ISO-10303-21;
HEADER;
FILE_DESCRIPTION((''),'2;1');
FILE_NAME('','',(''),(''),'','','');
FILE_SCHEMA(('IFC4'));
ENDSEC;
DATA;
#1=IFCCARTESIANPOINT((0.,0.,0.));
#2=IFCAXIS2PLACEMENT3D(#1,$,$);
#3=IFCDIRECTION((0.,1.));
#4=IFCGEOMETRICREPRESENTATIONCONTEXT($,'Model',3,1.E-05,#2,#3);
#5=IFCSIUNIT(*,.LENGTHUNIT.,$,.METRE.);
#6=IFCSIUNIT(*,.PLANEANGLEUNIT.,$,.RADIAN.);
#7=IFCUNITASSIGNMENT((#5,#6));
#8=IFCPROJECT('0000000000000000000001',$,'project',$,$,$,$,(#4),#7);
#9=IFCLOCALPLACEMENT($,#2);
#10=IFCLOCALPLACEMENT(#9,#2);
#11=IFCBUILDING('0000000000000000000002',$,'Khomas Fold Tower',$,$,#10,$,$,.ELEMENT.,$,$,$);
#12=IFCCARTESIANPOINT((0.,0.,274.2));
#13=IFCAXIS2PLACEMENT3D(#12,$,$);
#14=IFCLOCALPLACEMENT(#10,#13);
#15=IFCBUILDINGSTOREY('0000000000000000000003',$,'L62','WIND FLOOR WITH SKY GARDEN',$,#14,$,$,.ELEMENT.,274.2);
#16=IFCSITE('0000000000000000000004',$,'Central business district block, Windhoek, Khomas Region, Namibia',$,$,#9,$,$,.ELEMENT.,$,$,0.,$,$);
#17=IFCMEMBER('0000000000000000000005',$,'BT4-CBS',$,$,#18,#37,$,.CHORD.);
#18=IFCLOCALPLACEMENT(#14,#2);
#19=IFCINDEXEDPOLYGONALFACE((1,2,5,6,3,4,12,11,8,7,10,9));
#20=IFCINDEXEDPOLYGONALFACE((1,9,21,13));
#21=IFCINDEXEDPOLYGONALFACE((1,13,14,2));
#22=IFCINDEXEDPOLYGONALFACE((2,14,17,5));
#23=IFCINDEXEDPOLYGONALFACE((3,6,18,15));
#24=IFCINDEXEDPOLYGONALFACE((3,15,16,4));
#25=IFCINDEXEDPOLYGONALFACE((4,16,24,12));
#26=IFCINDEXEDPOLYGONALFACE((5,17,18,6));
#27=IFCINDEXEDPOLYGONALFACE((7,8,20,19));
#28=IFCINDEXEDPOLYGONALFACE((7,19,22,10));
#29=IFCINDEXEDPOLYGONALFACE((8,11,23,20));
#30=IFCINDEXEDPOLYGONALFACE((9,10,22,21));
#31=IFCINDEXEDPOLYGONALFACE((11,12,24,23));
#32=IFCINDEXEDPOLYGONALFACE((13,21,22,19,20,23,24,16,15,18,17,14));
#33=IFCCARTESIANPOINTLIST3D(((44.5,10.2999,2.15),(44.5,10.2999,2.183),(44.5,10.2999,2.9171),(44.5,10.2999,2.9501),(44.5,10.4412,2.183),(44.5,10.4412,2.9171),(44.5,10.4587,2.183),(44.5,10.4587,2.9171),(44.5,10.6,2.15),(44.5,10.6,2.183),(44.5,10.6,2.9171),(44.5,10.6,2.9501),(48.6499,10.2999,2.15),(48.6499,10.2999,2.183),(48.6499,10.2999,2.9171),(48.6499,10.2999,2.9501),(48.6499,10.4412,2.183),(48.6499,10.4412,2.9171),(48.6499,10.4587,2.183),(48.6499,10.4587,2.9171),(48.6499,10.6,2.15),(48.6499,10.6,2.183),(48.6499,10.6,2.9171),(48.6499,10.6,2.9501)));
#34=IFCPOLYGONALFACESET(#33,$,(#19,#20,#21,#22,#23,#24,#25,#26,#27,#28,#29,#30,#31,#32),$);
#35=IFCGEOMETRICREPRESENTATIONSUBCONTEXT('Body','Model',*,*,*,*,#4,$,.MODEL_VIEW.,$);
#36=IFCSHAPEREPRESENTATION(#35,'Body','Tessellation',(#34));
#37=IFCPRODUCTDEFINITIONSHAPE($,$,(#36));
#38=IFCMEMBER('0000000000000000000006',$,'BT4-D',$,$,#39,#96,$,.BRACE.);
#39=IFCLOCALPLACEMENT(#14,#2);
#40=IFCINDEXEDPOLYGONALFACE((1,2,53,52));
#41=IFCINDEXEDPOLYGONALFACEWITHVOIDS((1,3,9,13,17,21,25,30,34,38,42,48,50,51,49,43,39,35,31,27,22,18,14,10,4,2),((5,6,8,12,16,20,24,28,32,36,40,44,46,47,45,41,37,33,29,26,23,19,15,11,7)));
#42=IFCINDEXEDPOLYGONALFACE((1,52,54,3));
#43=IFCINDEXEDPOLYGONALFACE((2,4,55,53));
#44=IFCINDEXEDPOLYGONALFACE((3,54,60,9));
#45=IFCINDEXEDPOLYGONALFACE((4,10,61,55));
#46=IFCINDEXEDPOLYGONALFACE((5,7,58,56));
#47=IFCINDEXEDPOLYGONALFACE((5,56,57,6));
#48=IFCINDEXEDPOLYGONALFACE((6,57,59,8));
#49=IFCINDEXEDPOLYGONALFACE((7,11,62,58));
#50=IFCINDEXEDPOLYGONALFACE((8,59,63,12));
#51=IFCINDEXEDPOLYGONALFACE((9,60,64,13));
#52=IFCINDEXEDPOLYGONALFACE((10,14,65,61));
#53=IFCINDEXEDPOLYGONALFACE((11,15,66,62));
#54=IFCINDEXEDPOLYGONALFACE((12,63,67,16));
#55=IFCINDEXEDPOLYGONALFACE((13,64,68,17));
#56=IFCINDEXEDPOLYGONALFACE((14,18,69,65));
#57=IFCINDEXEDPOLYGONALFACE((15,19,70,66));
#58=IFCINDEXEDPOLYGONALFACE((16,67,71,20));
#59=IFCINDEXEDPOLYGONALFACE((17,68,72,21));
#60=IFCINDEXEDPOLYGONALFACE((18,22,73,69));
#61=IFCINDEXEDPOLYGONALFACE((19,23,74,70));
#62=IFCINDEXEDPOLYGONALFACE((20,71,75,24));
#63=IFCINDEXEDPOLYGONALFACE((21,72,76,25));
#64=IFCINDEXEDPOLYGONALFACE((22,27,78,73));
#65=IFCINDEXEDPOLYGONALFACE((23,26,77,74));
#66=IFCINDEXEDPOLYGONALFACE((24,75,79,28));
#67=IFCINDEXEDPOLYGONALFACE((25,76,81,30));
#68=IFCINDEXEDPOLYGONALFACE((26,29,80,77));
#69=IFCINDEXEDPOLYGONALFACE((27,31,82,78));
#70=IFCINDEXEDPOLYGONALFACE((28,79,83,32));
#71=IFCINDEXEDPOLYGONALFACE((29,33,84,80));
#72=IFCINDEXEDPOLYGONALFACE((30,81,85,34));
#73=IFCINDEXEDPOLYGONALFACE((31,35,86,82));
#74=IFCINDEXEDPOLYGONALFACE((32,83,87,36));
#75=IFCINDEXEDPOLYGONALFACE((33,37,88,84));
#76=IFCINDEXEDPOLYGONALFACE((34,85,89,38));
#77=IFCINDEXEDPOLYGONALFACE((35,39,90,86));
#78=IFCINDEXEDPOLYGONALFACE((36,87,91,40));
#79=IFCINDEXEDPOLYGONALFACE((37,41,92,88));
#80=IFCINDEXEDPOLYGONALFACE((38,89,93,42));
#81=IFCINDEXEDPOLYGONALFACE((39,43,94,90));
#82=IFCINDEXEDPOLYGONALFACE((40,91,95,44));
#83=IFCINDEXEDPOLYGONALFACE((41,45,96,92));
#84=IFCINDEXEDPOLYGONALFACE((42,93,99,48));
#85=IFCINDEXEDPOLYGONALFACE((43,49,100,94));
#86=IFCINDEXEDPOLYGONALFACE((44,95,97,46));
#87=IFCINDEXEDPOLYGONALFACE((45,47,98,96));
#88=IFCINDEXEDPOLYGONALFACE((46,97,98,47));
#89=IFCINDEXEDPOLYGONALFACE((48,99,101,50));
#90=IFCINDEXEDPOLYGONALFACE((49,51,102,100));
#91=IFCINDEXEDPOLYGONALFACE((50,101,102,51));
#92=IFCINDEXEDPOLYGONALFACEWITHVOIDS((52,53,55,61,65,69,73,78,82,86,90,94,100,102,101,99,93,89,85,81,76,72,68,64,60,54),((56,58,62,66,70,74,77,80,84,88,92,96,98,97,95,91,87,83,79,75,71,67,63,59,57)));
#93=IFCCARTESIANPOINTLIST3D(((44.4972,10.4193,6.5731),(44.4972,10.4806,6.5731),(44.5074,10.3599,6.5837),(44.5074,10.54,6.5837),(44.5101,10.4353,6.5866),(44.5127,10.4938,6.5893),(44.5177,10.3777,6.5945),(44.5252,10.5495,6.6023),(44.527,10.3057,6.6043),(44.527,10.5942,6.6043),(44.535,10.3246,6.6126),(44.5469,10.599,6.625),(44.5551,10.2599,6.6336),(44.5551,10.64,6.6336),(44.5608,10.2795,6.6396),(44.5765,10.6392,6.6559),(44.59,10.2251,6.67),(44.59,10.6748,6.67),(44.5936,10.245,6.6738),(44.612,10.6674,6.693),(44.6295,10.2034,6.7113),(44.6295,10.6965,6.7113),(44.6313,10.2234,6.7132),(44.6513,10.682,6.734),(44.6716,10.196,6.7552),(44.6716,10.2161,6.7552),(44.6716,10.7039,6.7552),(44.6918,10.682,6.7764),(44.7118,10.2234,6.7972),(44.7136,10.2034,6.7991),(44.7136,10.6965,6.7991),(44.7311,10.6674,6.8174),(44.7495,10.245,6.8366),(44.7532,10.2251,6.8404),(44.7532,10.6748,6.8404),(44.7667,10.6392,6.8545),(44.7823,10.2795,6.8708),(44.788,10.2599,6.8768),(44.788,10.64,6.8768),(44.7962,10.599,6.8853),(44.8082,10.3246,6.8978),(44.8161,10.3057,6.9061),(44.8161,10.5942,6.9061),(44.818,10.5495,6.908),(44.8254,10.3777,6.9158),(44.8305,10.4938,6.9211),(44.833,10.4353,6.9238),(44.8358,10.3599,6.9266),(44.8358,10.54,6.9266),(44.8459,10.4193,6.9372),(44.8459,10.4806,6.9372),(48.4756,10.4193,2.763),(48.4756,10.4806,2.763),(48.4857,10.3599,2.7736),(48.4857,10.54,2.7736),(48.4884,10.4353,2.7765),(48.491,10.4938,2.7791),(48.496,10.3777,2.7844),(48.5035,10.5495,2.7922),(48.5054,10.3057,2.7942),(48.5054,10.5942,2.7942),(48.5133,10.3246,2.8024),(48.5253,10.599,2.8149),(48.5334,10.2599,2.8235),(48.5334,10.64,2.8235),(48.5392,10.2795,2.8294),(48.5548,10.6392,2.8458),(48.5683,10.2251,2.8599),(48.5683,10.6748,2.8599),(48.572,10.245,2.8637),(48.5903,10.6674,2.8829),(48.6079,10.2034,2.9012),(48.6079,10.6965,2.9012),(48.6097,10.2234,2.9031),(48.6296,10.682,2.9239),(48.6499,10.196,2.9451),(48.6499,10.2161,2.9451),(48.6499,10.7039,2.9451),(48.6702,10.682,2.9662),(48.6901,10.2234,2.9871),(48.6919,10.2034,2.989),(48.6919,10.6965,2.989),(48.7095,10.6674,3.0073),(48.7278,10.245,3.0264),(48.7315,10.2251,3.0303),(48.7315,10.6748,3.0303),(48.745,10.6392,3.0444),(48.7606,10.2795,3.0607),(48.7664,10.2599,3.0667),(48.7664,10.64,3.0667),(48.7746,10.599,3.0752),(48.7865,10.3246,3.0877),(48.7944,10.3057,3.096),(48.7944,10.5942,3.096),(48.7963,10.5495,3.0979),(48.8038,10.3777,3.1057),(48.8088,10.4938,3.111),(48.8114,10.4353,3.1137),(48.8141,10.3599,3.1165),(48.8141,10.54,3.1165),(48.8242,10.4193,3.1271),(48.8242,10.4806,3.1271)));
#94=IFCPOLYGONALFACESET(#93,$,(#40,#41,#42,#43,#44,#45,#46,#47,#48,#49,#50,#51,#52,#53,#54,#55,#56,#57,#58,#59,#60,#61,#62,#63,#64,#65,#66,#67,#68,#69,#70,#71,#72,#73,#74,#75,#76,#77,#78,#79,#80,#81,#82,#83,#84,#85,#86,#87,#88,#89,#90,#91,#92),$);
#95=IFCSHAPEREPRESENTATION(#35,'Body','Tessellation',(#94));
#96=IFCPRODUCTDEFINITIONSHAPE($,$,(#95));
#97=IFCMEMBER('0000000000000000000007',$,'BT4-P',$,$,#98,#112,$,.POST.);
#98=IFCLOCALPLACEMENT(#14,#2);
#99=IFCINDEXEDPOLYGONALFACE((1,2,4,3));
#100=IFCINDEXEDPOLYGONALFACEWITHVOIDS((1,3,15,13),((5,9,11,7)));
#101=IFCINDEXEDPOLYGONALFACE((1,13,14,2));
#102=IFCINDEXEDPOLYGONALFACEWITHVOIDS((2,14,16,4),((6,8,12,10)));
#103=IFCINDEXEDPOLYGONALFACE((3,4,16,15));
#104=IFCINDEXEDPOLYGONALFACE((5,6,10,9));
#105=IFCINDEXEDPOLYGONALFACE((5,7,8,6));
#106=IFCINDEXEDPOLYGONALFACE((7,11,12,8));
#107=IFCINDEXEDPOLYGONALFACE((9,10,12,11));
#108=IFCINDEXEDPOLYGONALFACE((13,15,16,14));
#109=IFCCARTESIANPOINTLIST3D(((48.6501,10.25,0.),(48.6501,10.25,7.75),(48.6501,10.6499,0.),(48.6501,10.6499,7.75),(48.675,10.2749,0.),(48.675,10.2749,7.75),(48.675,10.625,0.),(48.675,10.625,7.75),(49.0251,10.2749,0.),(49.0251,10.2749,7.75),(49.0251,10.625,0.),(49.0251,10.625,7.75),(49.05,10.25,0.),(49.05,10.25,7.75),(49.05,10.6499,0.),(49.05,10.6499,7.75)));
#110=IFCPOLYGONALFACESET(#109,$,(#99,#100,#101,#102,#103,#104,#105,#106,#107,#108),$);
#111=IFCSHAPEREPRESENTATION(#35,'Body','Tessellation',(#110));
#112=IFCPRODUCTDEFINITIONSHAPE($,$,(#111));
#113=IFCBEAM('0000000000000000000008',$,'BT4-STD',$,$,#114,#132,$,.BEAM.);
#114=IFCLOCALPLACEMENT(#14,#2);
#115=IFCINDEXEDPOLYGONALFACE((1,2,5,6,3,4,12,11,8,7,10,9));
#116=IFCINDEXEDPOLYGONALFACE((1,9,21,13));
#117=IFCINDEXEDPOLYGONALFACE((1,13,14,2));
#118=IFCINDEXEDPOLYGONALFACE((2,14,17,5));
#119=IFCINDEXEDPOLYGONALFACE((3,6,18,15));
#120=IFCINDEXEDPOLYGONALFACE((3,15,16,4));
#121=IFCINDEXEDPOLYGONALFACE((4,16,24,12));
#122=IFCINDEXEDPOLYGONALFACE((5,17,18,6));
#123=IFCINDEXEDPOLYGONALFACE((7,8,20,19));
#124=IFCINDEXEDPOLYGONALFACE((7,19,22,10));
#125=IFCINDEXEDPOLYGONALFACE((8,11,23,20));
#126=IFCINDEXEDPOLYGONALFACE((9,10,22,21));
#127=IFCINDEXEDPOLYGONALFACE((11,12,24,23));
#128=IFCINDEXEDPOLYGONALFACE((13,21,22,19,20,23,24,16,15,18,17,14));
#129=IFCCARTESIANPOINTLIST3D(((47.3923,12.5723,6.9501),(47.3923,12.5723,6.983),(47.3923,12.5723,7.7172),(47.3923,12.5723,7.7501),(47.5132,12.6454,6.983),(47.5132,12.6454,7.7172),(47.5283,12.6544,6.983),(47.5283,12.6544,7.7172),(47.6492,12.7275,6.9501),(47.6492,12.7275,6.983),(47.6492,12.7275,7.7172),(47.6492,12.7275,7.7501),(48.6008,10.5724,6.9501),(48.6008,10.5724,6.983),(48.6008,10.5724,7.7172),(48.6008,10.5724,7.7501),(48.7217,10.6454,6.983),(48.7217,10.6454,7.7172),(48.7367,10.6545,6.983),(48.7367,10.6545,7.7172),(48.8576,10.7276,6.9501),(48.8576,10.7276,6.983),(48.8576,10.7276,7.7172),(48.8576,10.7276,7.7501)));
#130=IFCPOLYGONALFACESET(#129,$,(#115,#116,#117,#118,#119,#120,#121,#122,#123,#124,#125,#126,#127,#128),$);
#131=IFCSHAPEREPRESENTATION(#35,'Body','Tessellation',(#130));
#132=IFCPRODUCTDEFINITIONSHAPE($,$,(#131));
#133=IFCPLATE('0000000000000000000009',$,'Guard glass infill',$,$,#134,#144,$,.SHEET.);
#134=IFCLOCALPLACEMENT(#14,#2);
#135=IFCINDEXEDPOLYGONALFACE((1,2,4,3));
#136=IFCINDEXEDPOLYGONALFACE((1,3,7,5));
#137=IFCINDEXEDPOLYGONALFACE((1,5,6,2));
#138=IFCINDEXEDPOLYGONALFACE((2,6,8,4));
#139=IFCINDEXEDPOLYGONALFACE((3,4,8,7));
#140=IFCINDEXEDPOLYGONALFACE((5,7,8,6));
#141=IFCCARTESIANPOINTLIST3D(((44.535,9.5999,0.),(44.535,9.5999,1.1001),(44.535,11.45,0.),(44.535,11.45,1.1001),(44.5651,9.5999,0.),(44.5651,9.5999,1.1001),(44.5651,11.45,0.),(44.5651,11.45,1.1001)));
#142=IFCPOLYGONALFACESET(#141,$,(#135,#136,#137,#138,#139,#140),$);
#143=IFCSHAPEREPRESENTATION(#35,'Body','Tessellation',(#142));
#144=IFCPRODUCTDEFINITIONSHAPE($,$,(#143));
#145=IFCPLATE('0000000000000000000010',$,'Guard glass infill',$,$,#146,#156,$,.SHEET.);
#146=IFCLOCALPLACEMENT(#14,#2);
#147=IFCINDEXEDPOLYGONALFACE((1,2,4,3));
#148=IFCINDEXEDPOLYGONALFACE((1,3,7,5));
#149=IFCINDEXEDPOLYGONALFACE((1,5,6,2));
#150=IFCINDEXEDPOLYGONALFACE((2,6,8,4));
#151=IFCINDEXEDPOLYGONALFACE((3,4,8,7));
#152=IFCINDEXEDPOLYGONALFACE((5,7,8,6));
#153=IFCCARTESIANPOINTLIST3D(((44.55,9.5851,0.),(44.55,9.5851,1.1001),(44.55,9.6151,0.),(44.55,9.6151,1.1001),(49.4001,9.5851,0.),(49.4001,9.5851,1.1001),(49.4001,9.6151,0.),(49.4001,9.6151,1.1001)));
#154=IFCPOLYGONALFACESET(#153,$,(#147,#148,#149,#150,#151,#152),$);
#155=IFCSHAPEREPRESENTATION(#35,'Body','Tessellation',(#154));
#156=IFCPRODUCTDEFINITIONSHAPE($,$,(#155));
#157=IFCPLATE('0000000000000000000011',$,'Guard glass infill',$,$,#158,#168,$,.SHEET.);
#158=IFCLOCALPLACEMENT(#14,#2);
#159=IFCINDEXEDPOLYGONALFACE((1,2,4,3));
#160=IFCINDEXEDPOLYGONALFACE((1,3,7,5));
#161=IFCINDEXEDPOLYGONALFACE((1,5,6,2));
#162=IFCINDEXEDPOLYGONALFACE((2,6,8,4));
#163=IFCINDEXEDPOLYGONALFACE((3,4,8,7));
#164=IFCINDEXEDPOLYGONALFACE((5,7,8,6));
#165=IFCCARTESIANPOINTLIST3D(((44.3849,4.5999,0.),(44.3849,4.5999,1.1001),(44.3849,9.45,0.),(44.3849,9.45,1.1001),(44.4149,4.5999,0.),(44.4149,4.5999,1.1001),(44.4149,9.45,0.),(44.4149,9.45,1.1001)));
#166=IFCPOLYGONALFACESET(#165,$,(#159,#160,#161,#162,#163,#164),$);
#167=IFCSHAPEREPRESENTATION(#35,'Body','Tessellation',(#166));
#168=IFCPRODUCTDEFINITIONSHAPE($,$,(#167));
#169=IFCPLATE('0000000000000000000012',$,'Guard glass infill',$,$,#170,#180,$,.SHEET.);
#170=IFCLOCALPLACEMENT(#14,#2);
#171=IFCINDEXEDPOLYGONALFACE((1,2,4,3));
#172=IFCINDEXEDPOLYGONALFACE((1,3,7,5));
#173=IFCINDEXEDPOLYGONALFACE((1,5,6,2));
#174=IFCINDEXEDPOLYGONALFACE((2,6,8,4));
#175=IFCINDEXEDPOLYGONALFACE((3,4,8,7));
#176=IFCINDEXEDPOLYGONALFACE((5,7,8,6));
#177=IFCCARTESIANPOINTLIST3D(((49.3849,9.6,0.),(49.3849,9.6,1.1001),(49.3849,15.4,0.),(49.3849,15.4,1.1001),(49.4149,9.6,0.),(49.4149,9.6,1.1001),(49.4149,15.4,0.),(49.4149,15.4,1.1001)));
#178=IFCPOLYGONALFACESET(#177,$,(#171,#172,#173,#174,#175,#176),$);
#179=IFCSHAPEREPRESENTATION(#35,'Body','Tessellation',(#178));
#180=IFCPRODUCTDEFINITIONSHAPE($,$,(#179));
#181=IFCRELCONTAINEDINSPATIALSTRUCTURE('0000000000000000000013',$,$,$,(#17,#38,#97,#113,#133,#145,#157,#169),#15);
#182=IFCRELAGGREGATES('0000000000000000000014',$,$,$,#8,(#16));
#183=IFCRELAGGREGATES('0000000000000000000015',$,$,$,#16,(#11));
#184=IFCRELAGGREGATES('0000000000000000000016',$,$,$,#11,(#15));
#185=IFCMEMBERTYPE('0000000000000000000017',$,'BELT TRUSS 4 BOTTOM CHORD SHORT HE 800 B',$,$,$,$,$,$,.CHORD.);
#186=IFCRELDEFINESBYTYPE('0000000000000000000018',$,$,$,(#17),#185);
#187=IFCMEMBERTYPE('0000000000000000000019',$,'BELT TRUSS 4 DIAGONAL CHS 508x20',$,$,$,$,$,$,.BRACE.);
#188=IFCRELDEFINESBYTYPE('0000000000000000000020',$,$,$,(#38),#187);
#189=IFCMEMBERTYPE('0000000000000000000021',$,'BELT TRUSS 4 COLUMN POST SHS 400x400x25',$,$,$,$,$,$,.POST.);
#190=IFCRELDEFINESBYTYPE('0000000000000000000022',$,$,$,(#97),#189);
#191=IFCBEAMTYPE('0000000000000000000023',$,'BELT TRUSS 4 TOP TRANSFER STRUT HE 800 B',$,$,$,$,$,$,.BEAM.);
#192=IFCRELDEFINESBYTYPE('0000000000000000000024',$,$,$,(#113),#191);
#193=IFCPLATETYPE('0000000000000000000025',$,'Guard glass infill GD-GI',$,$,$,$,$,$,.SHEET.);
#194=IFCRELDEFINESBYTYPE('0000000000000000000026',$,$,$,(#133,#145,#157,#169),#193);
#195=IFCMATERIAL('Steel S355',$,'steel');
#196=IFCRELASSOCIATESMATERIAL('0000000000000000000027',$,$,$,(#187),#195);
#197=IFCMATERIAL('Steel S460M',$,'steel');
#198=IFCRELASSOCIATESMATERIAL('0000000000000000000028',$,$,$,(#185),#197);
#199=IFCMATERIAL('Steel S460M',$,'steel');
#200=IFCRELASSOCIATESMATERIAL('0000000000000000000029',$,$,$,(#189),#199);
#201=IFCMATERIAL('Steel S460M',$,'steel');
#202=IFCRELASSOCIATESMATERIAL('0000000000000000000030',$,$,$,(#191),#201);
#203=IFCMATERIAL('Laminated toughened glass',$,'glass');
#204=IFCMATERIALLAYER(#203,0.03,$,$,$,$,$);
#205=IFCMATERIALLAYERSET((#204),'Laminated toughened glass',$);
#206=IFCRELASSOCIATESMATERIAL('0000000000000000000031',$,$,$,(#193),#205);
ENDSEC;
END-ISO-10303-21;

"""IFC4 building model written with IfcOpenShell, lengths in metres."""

from ifc_helpers import new_model, si_unit, direction, frame, origin, origin_2d, place, context, subcontext, project, spatial, rectangle, hollow_rectangle, hollow_circle, i_section, extrude, source, transform, mapped, material, layer, layer_set, material_profile, profile_set, type_object, element, save


model = new_model("IFC4")

# Units and contexts
model_context = context("Model", 3, precision=1e-05, world=origin(), true_north=direction((0.0, 1.0)))
body_context = subcontext(model_context, "Body", "Model", "MODEL_VIEW")
ifc_project = project(units=[si_unit("LENGTHUNIT", "METRE"), si_unit("PLANEANGLEUNIT", "RADIAN")], contexts=[model_context])

# Site, building, storey
site_placement = place(None, origin())
site = spatial("IfcSite", under=ifc_project, at=site_placement, Name="Central business district block, Windhoek, Khomas Region, Namibia", CompositionType="ELEMENT", RefElevation=0.0)
building_placement = place(site_placement, origin())
building = spatial("IfcBuilding", under=site, at=building_placement, Name="Khomas Fold Tower", CompositionType="ELEMENT")
storey_placement = place(building_placement, frame((0.0, 0.0, 274.2)))
storey = spatial("IfcBuildingStorey", under=building, at=storey_placement, Name="L62", Description="WIND FLOOR WITH SKY GARDEN", CompositionType="ELEMENT", Elevation=274.2)

# Members
ifc_material_1 = material(Name="Steel S355", Category="steel")
ifc_material_profile_1 = material_profile(ifc_material_1, hollow_circle(Radius=0.2539, WallThickness=0.02, at=origin_2d()), Name="CHS 508x20")
ifc_profile_set_1 = profile_set([ifc_material_profile_1], Name="Steel S355")
member_type_1 = type_object("IfcMemberType", Name="BELT TRUSS 4 DIAGONAL CHS 508x20", PredefinedType="BRACE", material=ifc_profile_set_1)
ifc_material_2 = material(Name="Steel S460M", Category="steel")
ifc_material_profile_2 = material_profile(ifc_material_2, i_section(OverallWidth=0.3, OverallDepth=0.8, WebThickness=0.0176, FlangeThickness=0.033, at=origin_2d()), Name="HE 800 B")
ifc_profile_set_2 = profile_set([ifc_material_profile_2], Name="Steel S460M")
member_type_2 = type_object("IfcMemberType", Name="BELT TRUSS 4 BOTTOM CHORD SHORT HE 800 B", PredefinedType="CHORD", material=ifc_profile_set_2)
shared_shape_1 = source(origin(), body_context, "Body", "SweptSolid", [
    extrude(i_section(OverallWidth=0.3, OverallDepth=0.8, WebThickness=0.0176, FlangeThickness=0.033, at=origin_2d()), origin(), (0.0, 0.0, 1.0), 4.1499),
])
member_1_placement = place(storey_placement, frame((48.6499, 10.45, 2.55), z_axis=(-1.0, 0.0, 0.0), x_axis=(0.0, -1.0, 0.0)))
element("IfcMember", 1, at=member_1_placement, inside=storey, type_object=member_type_2, Name="BT4-CBS", PredefinedType="CHORD", context=body_context, shape_type="MappedRepresentation", body=[
    mapped(shared_shape_1, transform((0.0, 0.0, 0.0))),
])
shared_shape_2 = source(origin(), body_context, "Body", "SweptSolid", [
    extrude(hollow_circle(Radius=0.2539, WallThickness=0.02, at=origin_2d()), origin(), (0.0, 0.0, 1.0), 5.5085),
])
member_2_placement = place(storey_placement, frame((48.6499, 10.45, 2.9451), z_axis=(-0.72221, 0.0, 0.691673), x_axis=(0.0, -1.0, 0.0)))
element("IfcMember", 2, at=member_2_placement, inside=storey, type_object=member_type_1, Name="BT4-D", PredefinedType="BRACE", context=body_context, shape_type="MappedRepresentation", body=[
    mapped(shared_shape_2, transform((0.0, 0.0, 0.0))),
])
ifc_material_3 = material(Name="Steel S460M", Category="steel")
ifc_material_profile_3 = material_profile(ifc_material_3, hollow_rectangle(XDim=0.3999, YDim=0.3999, WallThickness=0.0249, at=origin_2d()), Name="SHS 400x400x25")
ifc_profile_set_3 = profile_set([ifc_material_profile_3], Name="Steel S460M")
member_type_3 = type_object("IfcMemberType", Name="BELT TRUSS 4 COLUMN POST SHS 400x400x25", PredefinedType="POST", material=ifc_profile_set_3)
shared_shape_3 = source(origin(), body_context, "Body", "SweptSolid", [
    extrude(hollow_rectangle(XDim=0.3999, YDim=0.3999, WallThickness=0.0249, at=origin_2d()), origin(), (0.0, 0.0, 1.0), 7.75),
])
member_3_placement = place(storey_placement, frame((48.8501, 10.45, 0.0), z_axis=(0.0, 0.0, 1.0), x_axis=(1.0, 0.0, 0.0)))
element("IfcMember", 3, at=member_3_placement, inside=storey, type_object=member_type_3, Name="BT4-P", PredefinedType="POST", context=body_context, shape_type="MappedRepresentation", body=[
    mapped(shared_shape_3, transform((0.0, 0.0, 0.0))),
])

# Beam
ifc_material_4 = material(Name="Steel S460M", Category="steel")
ifc_material_profile_4 = material_profile(ifc_material_4, i_section(OverallWidth=0.3, OverallDepth=0.8, WebThickness=0.0176, FlangeThickness=0.033, at=origin_2d()), Name="HE 800 B")
ifc_profile_set_4 = profile_set([ifc_material_profile_4], Name="Steel S460M")
beam_type_1 = type_object("IfcBeamType", Name="BELT TRUSS 4 TOP TRANSFER STRUT HE 800 B", PredefinedType="BEAM", material=ifc_profile_set_4)
shared_shape_4 = source(origin(), body_context, "Body", "SweptSolid", [
    extrude(i_section(OverallWidth=0.3, OverallDepth=0.8, WebThickness=0.0176, FlangeThickness=0.033, at=origin_2d()), origin(), (0.0, 0.0, 1.0), 2.3367),
])
beam_1_placement = place(storey_placement, frame((47.5208, 12.6499, 7.3501), z_axis=(0.517167, -0.855885, 0.0), x_axis=(0.855885, 0.517167, 0.0)))
element("IfcBeam", 4, at=beam_1_placement, inside=storey, type_object=beam_type_1, Name="BT4-STD", PredefinedType="BEAM", context=body_context, shape_type="MappedRepresentation", body=[
    mapped(shared_shape_4, transform((0.0, 0.0, 0.0))),
])

# Plates
ifc_material_5 = material(Name="Laminated toughened glass", Category="glass")
ifc_layer_1 = layer(ifc_material_5, 0.03)
ifc_layer_set_1 = layer_set([ifc_layer_1], Name="Laminated toughened glass")
plate_type = type_object("IfcPlateType", Name="Guard glass infill GD-GI", PredefinedType="SHEET", material=ifc_layer_set_1)
shared_shape_5 = source(origin(), body_context, "Body", "SweptSolid", [
    extrude(rectangle(XDim=1.8501, YDim=0.03, at=origin_2d()), origin(), (0.0, 0.0, 1.0), 1.1001),
])
plate_1_placement = place(storey_placement, frame((44.55, 10.5249, 0.0), z_axis=(0.0, 0.0, 1.0), x_axis=(0.0, 1.0, 0.0)))
element("IfcPlate", 5, at=plate_1_placement, inside=storey, type_object=plate_type, Name="Guard glass infill", PredefinedType="SHEET", context=body_context, shape_type="MappedRepresentation", body=[
    mapped(shared_shape_5, transform((0.0, 0.0, 0.0))),
])
shared_shape_6 = source(origin(), body_context, "Body", "SweptSolid", [
    extrude(rectangle(XDim=4.8501, YDim=0.03, at=origin_2d()), origin(), (0.0, 0.0, 1.0), 1.1001),
])
for number, where, z_axis, x_axis, name in (
    (6, (46.9751, 9.6001, 0.0), (0.0, 0.0, 1.0), (-1.0, 0.0, 0.0), "Guard glass infill"),
    (7, (44.3999, 7.0249, 0.0), (0.0, 0.0, 1.0), (0.0, -1.0, 0.0), "Guard glass infill"),
):
    element("IfcPlate", number, at=place(storey_placement, frame(where, z_axis=z_axis, x_axis=x_axis)), inside=storey, type_object=plate_type, Name=name, PredefinedType="SHEET", context=body_context, shape_type="MappedRepresentation", body=[
        mapped(shared_shape_6, transform((0.0, 0.0, 0.0))),
    ])
shared_shape_7 = source(origin(), body_context, "Body", "SweptSolid", [
    extrude(rectangle(XDim=5.8, YDim=0.03, at=origin_2d()), origin(), (0.0, 0.0, 1.0), 1.1001),
])
plate_2_placement = place(storey_placement, frame((49.3999, 12.5, 0.0), z_axis=(0.0, 0.0, 1.0), x_axis=(0.0, -1.0, 0.0)))
element("IfcPlate", 8, at=plate_2_placement, inside=storey, type_object=plate_type, Name="Guard glass infill", PredefinedType="SHEET", context=body_context, shape_type="MappedRepresentation", body=[
    mapped(shared_shape_7, transform((0.0, 0.0, 0.0))),
])

save(model, "model.ifc")
